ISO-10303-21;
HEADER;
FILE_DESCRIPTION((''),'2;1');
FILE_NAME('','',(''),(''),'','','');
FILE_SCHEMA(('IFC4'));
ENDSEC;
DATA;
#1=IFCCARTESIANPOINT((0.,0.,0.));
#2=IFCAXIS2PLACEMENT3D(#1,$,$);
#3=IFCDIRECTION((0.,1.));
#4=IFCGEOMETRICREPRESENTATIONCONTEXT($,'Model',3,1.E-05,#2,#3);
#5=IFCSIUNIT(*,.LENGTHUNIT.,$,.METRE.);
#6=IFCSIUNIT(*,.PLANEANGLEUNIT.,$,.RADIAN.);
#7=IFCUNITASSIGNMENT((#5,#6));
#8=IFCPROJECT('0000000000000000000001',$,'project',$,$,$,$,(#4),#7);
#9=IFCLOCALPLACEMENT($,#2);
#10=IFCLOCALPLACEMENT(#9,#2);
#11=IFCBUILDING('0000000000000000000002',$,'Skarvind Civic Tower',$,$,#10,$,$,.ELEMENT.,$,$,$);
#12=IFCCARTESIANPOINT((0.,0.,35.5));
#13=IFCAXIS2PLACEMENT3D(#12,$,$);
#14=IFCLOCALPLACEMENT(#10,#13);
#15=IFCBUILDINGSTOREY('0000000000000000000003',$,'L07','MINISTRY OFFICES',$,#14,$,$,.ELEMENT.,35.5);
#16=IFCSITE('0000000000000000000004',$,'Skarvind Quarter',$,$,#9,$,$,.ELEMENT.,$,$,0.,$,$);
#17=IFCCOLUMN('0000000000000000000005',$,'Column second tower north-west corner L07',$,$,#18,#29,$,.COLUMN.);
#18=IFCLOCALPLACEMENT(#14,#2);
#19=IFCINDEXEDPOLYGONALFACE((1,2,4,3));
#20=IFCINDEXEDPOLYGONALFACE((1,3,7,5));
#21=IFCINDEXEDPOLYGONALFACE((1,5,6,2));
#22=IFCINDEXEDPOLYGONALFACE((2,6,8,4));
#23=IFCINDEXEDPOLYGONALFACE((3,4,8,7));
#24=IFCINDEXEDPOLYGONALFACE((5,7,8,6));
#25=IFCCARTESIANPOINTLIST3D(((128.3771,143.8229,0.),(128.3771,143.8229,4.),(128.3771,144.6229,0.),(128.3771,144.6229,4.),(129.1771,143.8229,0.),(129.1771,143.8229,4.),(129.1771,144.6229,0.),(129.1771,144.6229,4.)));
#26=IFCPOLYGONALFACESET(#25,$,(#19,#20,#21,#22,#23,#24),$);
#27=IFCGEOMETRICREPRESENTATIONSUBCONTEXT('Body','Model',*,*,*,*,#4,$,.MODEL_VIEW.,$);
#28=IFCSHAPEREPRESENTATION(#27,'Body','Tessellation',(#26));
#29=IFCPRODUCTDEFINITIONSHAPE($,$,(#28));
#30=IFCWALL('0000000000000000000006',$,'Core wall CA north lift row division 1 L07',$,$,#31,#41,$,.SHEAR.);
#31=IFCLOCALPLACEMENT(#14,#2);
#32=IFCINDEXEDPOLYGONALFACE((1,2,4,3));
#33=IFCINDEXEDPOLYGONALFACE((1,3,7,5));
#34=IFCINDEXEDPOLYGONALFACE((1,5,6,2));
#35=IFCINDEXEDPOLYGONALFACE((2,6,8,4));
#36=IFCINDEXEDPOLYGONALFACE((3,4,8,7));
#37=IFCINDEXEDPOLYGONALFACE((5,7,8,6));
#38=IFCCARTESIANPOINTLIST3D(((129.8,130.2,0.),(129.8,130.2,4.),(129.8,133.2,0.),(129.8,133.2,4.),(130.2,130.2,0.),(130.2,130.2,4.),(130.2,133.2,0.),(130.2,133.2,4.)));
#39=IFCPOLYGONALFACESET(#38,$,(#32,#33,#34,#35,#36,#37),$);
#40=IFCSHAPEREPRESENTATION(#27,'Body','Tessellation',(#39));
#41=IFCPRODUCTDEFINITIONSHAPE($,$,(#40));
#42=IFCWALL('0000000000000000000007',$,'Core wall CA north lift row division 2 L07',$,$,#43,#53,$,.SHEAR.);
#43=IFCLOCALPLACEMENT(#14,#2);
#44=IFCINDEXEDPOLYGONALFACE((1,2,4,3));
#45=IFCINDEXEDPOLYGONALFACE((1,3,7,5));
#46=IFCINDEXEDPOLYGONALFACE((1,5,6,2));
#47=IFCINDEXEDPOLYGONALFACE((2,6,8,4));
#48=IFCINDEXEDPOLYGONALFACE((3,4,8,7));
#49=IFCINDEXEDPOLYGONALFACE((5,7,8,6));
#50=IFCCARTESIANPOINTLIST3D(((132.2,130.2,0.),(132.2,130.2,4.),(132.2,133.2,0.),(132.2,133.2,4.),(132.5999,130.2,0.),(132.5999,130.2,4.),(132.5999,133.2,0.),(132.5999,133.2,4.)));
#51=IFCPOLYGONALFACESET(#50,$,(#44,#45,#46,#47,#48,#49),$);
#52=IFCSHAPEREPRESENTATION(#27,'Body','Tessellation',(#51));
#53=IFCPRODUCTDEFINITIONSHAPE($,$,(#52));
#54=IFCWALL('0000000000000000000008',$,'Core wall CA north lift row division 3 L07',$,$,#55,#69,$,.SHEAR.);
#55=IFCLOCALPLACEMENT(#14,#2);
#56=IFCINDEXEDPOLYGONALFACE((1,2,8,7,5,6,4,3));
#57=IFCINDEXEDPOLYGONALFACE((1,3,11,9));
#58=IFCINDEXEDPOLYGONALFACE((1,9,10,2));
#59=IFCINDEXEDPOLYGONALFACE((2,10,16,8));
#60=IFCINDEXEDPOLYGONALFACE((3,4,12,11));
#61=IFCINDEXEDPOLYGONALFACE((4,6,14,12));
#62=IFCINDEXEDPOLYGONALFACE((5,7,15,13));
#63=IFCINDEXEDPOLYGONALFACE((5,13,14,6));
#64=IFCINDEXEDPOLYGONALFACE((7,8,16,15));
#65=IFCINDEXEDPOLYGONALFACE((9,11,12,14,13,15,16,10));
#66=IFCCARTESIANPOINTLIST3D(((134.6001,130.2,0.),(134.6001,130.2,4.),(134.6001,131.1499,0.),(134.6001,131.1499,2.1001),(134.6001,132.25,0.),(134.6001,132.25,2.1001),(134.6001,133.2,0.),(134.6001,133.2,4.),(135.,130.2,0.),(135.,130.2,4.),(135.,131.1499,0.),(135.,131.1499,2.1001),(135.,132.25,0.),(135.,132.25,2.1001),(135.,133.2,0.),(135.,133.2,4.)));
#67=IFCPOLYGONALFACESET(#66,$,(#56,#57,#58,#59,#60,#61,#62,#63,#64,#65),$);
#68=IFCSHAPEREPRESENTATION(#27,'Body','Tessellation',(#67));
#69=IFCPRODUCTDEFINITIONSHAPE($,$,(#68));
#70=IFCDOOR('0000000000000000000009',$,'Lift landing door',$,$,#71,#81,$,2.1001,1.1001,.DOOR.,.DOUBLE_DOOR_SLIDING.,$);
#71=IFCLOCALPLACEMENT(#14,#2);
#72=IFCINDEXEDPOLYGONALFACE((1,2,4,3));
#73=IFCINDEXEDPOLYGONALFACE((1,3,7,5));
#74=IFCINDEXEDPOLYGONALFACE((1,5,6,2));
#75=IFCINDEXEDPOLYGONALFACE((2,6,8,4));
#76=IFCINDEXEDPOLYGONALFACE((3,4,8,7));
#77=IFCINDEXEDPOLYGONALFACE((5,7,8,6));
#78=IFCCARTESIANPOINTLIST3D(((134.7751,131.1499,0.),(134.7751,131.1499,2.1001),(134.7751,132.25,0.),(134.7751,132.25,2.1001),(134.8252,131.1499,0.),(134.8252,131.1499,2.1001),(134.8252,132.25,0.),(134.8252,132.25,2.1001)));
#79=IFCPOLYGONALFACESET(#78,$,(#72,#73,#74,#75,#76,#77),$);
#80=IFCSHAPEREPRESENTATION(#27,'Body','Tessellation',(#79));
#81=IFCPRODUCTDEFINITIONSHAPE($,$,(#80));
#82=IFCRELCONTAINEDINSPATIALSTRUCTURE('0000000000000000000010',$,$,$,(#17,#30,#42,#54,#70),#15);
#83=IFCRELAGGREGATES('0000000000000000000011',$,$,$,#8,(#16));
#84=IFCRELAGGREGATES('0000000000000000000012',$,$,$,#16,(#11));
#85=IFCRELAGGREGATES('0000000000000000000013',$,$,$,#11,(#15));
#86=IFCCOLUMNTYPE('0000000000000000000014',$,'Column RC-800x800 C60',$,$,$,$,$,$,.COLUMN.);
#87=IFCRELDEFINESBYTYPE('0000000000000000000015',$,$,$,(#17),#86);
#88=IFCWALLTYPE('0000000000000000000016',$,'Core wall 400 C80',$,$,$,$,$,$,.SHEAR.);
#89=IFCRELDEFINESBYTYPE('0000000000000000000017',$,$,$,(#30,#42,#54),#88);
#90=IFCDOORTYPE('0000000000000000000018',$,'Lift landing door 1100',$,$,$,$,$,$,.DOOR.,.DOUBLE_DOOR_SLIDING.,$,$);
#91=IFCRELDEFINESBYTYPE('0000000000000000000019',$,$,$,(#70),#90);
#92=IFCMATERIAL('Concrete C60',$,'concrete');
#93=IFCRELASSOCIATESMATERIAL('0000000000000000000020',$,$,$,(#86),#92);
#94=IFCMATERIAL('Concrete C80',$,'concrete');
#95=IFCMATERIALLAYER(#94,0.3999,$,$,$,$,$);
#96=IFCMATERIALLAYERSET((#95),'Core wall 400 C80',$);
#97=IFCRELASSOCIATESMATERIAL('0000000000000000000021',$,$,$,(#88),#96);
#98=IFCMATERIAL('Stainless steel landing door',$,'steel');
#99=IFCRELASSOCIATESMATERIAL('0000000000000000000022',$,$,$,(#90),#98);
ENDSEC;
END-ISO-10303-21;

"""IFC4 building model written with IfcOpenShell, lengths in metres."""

from ifc_helpers import new_model, si_unit, direction, frame, frame_2d, origin, origin_2d, place, context, subcontext, project, spatial, rectangle, extrude, material, layer, layer_set, material_profile, profile_set, type_object, element, fill, save


model = new_model("IFC4")

# Units and contexts
model_context = context("Model", 3, precision=1e-05, world=origin(), true_north=direction((0.0, 1.0)))
body_context = subcontext(model_context, "Body", "Model", "MODEL_VIEW")
ifc_project = project(units=[si_unit("LENGTHUNIT", "METRE"), si_unit("PLANEANGLEUNIT", "RADIAN")], contexts=[model_context])

# Site, building, storey
site_placement = place(None, origin())
site = spatial("IfcSite", under=ifc_project, at=site_placement, Name="Skarvind Quarter", CompositionType="ELEMENT", RefElevation=0.0)
building_placement = place(site_placement, origin())
building = spatial("IfcBuilding", under=site, at=building_placement, Name="Skarvind Civic Tower", CompositionType="ELEMENT")
storey_placement = place(building_placement, frame((0.0, 0.0, 35.5)))
storey = spatial("IfcBuildingStorey", under=building, at=storey_placement, Name="L07", Description="MINISTRY OFFICES", CompositionType="ELEMENT", Elevation=35.5)

# Column
ifc_material_1 = material(Name="Concrete C60", Category="concrete")
ifc_material_profile = material_profile(ifc_material_1, rectangle(XDim=0.8, YDim=0.8, at=origin_2d()), Name="RC-800x800")
ifc_profile_set = profile_set([ifc_material_profile], Name="Concrete C60")
column_type = type_object("IfcColumnType", Name="Column RC-800x800 C60", PredefinedType="COLUMN", material=ifc_profile_set)
column_placement = place(storey_placement, frame((128.7771, 144.2229, 0.0), z_axis=(0.0, 0.0, 1.0), x_axis=(1.0, 0.0, 0.0)))
element("IfcColumn", 1, at=column_placement, inside=storey, type_object=column_type, Name="Column second tower north-west corner L07", PredefinedType="COLUMN", context=body_context, shape_type="SweptSolid", body=[
    extrude(rectangle(XDim=0.8, YDim=0.8, at=origin_2d()), origin(), (0.0, 0.0, 1.0), 4.0),
])

# Walls
ifc_material_2 = material(Name="Concrete C80", Category="concrete")
ifc_layer_1 = layer(ifc_material_2, 0.3999)
ifc_layer_set_1 = layer_set([ifc_layer_1], Name="Core wall 400 C80")
wall_type_1 = type_object("IfcWallType", Name="Core wall 400 C80", PredefinedType="SHEAR", material=ifc_layer_set_1)
for number, where, z_axis, x_axis, name in (
    (2, (130.0, 130.2, 0.0), (0.0, 0.0, 1.0), (0.0, 1.0, 0.0), "Core wall CA north lift row division 1 L07"),
    (3, (132.3999, 130.2, 0.0), (0.0, 0.0, 1.0), (0.0, 1.0, 0.0), "Core wall CA north lift row division 2 L07"),
):
    element("IfcWall", number, at=place(storey_placement, frame(where, z_axis=z_axis, x_axis=x_axis)), inside=storey, type_object=wall_type_1, Name=name, PredefinedType="SHEAR", context=body_context, shape_type="SweptSolid", body=[
        extrude(rectangle(XDim=3.0, YDim=0.3999, at=frame_2d((1.5, 0.0))), origin(), (0.0, 0.0, 1.0), 4.0),
    ])

# Wall, opening, door
wall_1_placement = place(storey_placement, frame((134.8, 130.2, 0.0), z_axis=(0.0, 0.0, 1.0), x_axis=(0.0, 1.0, 0.0)))
wall_1 = element("IfcWall", 4, at=wall_1_placement, inside=storey, type_object=wall_type_1, Name="Core wall CA north lift row division 3 L07", PredefinedType="SHEAR", context=body_context, shape_type="SweptSolid", body=[
    extrude(rectangle(XDim=3.0, YDim=0.3999, at=frame_2d((1.5, 0.0))), origin(), (0.0, 0.0, 1.0), 4.0),
])
opening_1_placement = place(wall_1_placement, frame((0.95, 0.0, 0.0)))
opening_1 = element("IfcOpeningElement", 5, at=opening_1_placement, cuts=wall_1, PredefinedType="OPENING", context=body_context, shape_type="SweptSolid", body=[
    extrude(rectangle(XDim=1.1001, YDim=2.1001, at=frame_2d((0.55, 1.05))), frame((0.0, 0.21, 0.0), z_axis=(0.0, -1.0, 0.0), x_axis=(1.0, 0.0, 0.0)), (0.0, 0.0, 1.0), 0.4199),
])
ifc_material_3 = material(Name="Stainless steel landing door", Category="steel")
door_type = type_object("IfcDoorType", Name="Lift landing door 1100", OperationType="DOUBLE_DOOR_SLIDING", PredefinedType="DOOR", material=ifc_material_3)
door_placement = place(opening_1_placement, origin())
door = element("IfcDoor", 6, at=door_placement, inside=storey, type_object=door_type, Name="Lift landing door", OperationType="DOUBLE_DOOR_SLIDING", OverallHeight=2.1001, OverallWidth=1.1001, PredefinedType="DOOR", context=body_context, shape_type="SweptSolid", body=[
    extrude(rectangle(XDim=1.1001, YDim=2.1001, at=frame_2d((0.55, 1.05))), frame((0.0, 0.0249, 0.0), z_axis=(0.0, -1.0, 0.0), x_axis=(1.0, 0.0, 0.0)), (0.0, 0.0, 1.0), 0.05),
])
fill(opening_1, door)

save(model, "model.ifc")
